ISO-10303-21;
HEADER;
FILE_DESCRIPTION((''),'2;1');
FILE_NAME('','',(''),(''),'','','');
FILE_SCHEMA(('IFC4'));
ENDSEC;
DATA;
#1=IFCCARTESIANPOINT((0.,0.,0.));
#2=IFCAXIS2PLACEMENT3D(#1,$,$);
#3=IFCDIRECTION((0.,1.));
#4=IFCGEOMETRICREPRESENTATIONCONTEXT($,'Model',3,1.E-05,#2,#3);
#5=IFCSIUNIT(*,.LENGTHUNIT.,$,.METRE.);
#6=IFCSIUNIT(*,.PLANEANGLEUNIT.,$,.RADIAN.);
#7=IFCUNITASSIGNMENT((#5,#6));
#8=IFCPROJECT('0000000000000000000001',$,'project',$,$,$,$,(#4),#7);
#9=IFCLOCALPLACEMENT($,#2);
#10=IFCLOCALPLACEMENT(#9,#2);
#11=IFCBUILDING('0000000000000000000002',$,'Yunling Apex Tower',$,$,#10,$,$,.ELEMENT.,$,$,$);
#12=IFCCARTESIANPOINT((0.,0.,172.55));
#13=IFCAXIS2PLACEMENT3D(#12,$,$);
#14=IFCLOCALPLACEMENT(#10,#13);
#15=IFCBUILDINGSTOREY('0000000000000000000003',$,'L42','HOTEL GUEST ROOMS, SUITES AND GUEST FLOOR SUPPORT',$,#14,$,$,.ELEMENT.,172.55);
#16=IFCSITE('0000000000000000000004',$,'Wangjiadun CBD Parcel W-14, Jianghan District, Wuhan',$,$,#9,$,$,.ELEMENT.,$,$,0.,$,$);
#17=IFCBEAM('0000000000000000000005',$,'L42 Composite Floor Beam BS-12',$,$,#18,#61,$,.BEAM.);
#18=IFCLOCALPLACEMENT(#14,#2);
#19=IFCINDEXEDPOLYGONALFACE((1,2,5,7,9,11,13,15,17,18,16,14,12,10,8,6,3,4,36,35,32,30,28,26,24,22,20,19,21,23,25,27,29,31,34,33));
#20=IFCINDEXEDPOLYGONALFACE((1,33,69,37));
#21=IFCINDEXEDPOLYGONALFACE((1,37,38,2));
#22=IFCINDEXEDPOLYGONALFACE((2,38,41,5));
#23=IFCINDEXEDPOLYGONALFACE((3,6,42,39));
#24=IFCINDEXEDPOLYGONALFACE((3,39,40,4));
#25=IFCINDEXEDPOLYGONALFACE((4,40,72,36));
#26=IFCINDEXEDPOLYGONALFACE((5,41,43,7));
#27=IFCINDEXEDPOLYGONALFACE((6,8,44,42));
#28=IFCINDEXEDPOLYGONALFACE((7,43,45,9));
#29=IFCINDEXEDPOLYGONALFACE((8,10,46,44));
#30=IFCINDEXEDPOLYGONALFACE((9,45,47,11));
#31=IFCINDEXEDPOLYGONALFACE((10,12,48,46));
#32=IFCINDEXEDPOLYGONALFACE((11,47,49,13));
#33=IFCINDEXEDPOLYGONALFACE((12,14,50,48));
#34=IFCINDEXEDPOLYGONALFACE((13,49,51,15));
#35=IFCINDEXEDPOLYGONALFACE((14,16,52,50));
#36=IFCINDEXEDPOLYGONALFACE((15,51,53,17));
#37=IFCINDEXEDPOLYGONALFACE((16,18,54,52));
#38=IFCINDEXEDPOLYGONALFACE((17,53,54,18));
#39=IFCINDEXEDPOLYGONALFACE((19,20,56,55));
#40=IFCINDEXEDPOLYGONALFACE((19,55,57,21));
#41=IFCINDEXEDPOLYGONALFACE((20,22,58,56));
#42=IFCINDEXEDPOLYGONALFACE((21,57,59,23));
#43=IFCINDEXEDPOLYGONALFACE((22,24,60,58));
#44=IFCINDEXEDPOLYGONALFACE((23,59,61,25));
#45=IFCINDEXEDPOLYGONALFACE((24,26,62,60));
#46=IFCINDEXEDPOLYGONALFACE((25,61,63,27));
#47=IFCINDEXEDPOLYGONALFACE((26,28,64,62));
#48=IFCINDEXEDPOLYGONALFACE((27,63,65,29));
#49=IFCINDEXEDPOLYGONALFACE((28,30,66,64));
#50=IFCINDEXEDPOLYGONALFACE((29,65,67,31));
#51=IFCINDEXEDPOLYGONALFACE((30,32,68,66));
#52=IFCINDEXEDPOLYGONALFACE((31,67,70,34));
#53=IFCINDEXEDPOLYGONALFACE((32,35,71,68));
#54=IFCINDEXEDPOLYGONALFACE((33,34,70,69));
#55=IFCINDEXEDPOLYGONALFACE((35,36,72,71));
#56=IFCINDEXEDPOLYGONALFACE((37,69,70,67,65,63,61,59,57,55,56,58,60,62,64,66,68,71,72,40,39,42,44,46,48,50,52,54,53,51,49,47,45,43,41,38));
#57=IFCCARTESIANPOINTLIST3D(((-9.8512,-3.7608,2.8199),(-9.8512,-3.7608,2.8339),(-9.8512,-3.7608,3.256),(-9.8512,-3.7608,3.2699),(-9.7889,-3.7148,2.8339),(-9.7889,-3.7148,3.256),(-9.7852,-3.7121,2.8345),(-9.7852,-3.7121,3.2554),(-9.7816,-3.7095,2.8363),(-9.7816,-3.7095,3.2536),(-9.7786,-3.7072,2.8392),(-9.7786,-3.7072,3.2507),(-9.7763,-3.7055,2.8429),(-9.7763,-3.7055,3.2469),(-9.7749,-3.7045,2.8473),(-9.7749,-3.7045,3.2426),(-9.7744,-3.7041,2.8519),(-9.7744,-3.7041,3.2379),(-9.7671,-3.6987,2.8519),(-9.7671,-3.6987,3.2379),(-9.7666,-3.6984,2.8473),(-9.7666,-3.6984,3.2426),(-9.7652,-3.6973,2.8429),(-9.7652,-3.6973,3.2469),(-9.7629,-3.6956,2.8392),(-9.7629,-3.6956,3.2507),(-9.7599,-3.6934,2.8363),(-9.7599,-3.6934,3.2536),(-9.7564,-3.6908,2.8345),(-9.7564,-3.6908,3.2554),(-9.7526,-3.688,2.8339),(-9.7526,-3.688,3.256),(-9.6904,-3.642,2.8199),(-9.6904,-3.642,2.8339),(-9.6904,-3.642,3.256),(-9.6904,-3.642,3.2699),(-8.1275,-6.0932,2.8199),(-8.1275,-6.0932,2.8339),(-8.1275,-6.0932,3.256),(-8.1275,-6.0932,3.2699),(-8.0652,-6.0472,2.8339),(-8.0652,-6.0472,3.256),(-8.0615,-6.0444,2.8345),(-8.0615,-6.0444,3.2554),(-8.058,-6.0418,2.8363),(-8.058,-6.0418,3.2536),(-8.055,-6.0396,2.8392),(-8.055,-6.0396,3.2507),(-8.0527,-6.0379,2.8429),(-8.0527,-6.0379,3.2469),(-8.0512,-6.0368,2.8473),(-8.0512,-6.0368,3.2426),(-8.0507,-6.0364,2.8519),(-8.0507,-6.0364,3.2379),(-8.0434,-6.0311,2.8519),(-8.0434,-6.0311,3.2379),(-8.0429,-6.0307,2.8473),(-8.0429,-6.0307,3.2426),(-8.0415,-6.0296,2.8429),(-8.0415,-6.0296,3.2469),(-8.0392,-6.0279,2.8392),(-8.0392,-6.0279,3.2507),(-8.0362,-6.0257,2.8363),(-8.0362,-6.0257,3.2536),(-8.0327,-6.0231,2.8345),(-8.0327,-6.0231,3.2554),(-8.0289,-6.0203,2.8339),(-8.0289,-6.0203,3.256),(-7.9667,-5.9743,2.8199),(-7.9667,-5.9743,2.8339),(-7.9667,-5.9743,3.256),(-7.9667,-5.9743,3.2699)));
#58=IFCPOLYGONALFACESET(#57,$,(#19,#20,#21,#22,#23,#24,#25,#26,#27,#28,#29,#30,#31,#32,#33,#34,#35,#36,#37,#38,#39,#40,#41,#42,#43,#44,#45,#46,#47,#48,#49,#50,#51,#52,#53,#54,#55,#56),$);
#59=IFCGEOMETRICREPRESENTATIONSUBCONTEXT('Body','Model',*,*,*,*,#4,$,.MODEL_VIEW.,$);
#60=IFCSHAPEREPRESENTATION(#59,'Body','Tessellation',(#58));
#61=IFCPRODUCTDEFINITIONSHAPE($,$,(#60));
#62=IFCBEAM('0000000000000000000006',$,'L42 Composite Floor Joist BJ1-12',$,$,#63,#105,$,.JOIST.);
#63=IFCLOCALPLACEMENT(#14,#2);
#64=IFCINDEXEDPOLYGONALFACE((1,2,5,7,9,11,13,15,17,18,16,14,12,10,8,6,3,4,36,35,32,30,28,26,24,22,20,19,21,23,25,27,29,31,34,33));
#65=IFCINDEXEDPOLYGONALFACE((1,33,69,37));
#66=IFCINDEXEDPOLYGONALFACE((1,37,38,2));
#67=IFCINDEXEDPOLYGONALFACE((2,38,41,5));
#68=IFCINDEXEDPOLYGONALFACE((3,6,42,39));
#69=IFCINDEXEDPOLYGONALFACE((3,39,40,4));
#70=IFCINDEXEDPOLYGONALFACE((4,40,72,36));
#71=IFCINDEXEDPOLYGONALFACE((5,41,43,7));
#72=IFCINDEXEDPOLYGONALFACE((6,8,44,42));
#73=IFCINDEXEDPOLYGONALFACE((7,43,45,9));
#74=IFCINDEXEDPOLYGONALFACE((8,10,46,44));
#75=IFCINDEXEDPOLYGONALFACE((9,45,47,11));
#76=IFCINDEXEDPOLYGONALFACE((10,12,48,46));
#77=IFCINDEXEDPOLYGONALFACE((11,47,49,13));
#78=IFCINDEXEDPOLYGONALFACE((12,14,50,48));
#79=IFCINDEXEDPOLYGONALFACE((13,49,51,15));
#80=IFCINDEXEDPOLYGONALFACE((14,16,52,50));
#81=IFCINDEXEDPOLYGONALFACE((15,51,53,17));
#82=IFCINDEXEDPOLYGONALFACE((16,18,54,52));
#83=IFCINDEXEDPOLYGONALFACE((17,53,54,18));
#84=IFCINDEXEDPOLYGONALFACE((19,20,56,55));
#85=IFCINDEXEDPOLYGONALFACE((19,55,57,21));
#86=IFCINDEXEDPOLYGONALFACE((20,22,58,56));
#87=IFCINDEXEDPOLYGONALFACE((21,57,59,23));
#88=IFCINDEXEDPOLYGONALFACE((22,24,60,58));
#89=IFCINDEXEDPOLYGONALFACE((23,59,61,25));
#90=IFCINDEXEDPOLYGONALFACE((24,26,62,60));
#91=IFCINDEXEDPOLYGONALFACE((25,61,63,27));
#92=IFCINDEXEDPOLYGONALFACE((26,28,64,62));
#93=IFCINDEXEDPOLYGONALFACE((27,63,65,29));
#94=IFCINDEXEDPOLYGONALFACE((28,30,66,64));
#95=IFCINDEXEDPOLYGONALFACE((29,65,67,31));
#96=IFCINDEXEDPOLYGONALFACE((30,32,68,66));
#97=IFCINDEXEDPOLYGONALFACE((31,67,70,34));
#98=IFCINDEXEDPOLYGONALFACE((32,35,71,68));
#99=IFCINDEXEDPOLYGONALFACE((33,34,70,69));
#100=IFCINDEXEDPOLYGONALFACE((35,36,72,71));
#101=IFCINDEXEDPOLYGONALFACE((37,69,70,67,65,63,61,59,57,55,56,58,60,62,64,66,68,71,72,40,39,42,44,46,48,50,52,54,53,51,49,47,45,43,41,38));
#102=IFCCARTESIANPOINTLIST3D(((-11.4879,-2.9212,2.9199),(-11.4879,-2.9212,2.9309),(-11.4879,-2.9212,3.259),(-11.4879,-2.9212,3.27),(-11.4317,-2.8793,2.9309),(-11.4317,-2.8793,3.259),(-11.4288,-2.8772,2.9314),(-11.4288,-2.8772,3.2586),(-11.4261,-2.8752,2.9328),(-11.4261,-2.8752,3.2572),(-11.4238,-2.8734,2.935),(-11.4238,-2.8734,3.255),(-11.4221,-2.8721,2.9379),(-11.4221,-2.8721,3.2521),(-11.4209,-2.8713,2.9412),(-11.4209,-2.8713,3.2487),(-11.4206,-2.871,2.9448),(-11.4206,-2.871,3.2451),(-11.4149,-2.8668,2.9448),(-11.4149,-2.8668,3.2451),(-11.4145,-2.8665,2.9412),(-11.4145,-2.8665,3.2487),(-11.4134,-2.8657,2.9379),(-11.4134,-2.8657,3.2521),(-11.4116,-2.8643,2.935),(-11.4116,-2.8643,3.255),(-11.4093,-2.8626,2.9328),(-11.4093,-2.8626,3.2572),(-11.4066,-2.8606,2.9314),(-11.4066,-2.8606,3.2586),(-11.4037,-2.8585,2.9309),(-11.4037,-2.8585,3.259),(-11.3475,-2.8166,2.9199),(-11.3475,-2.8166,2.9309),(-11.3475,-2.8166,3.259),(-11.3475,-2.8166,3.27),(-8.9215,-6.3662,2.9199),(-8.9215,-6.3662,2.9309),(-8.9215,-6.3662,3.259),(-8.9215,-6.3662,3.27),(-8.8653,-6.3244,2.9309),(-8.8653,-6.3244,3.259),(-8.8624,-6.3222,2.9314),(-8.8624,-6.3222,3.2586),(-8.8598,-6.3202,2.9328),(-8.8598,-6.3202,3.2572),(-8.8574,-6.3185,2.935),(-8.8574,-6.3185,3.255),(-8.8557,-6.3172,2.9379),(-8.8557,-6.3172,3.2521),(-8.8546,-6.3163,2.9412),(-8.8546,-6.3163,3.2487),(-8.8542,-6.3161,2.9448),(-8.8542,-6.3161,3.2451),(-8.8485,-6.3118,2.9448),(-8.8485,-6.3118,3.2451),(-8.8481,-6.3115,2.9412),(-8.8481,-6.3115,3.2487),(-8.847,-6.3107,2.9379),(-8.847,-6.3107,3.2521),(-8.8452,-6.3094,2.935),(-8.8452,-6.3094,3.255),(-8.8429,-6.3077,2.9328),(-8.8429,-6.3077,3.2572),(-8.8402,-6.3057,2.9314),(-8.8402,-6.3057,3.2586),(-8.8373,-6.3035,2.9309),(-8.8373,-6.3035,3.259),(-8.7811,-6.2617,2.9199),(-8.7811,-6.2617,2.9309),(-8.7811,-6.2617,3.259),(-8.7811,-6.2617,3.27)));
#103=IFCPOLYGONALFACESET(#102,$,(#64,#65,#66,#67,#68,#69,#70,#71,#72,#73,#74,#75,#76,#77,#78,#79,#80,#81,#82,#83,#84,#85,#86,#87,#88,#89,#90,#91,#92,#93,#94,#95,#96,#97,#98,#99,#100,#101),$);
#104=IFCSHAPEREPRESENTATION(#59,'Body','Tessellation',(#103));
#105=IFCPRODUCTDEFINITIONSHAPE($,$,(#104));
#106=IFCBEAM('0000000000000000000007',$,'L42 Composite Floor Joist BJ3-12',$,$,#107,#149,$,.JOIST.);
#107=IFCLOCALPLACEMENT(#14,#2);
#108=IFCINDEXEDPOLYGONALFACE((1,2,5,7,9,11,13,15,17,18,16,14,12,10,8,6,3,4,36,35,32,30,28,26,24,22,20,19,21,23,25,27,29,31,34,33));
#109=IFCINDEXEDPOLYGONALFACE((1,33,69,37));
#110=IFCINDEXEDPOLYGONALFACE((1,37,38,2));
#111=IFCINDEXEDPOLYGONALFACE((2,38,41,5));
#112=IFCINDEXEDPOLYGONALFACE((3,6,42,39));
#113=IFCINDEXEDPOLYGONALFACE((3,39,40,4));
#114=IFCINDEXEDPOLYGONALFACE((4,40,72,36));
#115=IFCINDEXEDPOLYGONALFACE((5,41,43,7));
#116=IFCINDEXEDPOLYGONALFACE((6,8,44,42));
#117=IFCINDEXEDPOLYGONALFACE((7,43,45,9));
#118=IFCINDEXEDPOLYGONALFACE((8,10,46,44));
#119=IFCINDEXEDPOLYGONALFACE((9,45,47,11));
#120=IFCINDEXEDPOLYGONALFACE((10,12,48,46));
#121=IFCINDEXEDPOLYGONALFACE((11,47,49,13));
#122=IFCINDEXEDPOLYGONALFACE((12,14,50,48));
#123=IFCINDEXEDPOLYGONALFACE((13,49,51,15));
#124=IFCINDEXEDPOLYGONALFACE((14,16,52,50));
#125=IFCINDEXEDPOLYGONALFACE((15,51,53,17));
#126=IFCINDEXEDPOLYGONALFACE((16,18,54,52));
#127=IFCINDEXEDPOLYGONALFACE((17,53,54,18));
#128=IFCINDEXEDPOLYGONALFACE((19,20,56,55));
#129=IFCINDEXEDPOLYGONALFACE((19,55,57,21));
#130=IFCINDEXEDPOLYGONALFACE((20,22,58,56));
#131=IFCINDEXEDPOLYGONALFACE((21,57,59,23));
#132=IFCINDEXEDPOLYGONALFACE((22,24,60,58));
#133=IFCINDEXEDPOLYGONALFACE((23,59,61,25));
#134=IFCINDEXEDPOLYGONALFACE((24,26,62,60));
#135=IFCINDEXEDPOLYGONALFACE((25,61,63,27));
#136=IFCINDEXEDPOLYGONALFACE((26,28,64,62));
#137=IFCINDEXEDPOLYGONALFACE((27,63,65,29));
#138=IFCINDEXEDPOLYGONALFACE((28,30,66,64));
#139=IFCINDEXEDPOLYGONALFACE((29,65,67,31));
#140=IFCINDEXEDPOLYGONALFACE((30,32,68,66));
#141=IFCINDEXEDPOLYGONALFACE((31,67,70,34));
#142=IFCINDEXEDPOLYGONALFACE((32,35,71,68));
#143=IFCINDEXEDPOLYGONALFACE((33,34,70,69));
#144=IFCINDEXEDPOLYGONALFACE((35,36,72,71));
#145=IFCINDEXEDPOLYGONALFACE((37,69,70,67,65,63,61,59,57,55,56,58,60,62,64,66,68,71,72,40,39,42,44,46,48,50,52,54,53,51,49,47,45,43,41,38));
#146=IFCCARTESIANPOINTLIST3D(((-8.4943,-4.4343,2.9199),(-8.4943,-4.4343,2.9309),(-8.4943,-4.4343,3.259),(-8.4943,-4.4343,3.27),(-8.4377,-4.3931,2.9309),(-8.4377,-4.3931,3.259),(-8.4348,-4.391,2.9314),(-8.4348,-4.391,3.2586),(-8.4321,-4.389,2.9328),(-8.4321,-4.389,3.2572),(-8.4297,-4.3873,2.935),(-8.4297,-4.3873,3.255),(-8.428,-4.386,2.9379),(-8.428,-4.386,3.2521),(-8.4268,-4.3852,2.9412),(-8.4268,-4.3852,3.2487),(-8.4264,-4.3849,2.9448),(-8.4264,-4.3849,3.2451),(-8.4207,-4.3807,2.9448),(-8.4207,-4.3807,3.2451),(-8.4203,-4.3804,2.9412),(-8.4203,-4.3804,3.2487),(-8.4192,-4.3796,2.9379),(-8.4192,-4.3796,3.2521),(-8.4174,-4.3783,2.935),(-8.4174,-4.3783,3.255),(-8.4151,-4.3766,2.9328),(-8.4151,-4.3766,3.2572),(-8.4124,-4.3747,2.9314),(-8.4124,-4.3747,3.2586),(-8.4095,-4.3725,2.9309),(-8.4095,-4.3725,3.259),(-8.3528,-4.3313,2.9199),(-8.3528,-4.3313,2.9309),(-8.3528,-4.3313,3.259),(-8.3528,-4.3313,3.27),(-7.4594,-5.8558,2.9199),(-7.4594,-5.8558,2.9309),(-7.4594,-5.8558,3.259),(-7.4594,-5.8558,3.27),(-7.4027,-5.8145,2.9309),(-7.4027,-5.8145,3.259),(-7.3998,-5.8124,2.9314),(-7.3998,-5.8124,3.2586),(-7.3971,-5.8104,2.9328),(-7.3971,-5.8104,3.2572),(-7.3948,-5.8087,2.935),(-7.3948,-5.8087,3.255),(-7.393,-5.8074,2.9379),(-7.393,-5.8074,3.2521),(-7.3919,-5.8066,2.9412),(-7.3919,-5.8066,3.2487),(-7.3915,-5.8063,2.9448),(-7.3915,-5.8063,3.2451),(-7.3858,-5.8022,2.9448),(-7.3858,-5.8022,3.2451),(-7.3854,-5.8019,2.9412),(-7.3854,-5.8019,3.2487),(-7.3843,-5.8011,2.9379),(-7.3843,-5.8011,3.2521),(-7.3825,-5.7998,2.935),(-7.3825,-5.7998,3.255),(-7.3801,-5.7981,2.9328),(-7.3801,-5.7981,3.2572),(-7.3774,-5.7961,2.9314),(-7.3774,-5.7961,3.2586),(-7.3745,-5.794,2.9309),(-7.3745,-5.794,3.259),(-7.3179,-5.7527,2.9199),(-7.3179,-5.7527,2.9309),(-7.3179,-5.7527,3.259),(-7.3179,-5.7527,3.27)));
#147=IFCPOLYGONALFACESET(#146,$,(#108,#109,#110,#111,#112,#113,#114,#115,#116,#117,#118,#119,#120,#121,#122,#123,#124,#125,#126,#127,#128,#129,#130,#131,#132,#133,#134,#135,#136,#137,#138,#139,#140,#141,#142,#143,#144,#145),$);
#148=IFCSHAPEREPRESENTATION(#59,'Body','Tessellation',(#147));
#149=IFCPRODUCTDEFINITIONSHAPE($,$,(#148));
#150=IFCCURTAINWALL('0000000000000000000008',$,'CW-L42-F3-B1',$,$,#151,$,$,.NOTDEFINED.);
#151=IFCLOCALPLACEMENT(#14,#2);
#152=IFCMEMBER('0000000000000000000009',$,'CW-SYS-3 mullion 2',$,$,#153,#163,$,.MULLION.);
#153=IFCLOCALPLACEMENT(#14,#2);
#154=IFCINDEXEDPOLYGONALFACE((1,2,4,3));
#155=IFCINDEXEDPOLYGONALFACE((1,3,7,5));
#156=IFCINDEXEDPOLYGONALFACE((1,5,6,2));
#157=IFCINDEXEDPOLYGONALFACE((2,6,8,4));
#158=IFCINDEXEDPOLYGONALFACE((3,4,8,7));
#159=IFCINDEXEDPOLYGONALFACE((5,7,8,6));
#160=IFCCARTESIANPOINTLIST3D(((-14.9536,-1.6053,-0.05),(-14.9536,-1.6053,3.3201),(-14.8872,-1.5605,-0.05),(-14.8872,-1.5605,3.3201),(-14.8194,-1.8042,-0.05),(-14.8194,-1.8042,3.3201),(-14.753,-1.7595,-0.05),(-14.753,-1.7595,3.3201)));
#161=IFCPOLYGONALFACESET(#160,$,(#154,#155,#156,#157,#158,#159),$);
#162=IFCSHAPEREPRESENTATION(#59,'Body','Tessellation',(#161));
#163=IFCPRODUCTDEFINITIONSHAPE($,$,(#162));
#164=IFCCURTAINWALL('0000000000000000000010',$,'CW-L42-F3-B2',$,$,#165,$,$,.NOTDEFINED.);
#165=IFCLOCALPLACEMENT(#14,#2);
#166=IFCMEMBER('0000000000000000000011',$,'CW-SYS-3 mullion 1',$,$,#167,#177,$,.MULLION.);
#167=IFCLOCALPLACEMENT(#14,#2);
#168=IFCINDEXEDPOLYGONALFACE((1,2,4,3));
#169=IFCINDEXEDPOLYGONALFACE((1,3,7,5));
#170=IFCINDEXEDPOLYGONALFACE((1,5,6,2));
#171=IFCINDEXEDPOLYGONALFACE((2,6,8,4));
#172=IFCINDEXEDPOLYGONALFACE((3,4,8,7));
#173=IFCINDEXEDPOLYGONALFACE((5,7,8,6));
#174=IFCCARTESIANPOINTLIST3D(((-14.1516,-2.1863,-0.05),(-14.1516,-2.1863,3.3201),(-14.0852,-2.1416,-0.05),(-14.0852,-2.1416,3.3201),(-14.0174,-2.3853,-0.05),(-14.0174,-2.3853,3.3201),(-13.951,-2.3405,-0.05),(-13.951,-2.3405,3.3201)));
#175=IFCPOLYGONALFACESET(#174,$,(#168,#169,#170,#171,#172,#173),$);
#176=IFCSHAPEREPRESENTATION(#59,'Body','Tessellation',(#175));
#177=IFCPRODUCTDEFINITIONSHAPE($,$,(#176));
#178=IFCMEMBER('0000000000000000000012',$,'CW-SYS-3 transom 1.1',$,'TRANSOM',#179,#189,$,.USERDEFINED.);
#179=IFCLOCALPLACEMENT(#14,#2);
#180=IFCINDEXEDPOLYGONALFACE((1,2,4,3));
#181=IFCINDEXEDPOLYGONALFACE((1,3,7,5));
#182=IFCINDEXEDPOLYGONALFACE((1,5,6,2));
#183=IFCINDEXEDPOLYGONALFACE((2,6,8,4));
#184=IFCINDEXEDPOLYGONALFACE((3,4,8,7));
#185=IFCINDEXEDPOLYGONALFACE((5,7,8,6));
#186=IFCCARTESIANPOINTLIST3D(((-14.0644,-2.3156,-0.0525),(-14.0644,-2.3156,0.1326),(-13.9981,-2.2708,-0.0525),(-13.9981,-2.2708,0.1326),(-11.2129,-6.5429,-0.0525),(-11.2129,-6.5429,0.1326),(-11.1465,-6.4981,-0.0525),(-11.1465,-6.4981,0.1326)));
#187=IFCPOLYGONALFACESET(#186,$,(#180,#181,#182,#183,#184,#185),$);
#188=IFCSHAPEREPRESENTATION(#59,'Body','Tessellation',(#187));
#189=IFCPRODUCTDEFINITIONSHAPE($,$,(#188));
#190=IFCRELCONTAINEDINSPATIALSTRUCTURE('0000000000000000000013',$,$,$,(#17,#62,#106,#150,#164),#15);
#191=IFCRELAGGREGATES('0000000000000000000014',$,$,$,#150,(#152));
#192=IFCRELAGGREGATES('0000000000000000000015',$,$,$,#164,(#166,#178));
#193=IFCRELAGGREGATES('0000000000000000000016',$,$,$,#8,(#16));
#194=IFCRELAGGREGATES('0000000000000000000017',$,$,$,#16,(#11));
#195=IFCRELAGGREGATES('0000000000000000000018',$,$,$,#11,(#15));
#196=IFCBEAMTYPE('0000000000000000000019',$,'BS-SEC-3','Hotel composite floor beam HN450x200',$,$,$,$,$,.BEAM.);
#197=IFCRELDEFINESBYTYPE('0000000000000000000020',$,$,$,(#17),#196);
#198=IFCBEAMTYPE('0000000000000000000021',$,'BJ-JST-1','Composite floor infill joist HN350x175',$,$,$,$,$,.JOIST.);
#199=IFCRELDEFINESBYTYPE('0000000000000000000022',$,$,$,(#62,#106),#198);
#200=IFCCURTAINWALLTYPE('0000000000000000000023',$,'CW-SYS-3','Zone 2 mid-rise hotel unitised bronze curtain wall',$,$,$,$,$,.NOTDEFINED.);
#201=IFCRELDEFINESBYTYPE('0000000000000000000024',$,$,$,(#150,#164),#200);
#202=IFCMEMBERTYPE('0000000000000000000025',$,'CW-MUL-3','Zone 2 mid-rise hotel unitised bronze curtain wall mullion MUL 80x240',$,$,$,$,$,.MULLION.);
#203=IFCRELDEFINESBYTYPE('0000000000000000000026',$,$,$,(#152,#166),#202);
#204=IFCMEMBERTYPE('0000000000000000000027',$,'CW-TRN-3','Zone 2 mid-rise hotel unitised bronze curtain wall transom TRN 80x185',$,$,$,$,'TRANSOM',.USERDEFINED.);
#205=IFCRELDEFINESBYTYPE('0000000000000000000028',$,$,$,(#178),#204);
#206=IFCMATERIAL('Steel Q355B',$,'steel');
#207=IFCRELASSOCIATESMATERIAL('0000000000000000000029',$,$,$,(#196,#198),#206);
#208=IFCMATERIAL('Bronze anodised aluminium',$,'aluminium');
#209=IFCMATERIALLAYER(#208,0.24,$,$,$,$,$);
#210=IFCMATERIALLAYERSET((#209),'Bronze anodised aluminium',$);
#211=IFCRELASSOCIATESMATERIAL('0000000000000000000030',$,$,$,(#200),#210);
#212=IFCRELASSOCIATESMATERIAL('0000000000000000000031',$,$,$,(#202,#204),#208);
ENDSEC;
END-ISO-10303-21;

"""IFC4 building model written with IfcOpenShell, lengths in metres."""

from ifc_helpers import new_model, si_unit, direction, frame, origin, origin_2d, place, context, subcontext, project, spatial, rectangle, i_section, extrude, source, transform, mapped, material, layer, layer_set, material_profile, profile_set, type_object, element, aggregate, save


model = new_model("IFC4")

# Units and contexts
model_context = context("Model", 3, precision=1e-05, world=origin(), true_north=direction((0.0, 1.0)))
body_context = subcontext(model_context, "Body", "Model", "MODEL_VIEW")
ifc_project = project(units=[si_unit("LENGTHUNIT", "METRE"), si_unit("PLANEANGLEUNIT", "RADIAN")], contexts=[model_context])

# Site, building, storey
site_placement = place(None, origin())
site = spatial("IfcSite", under=ifc_project, at=site_placement, Name="Wangjiadun CBD Parcel W-14, Jianghan District, Wuhan", CompositionType="ELEMENT", RefElevation=0.0)
building_placement = place(site_placement, origin())
building = spatial("IfcBuilding", under=site, at=building_placement, Name="Yunling Apex Tower", CompositionType="ELEMENT")
storey_placement = place(building_placement, frame((0.0, 0.0, 172.55)))
storey = spatial("IfcBuildingStorey", under=building, at=storey_placement, Name="L42", Description="HOTEL GUEST ROOMS, SUITES AND GUEST FLOOR SUPPORT", CompositionType="ELEMENT", Elevation=172.55)

# Beams
ifc_material_1 = material(Name="Steel Q355B", Category="steel")
ifc_material_profile_1 = material_profile(ifc_material_1, i_section(OverallWidth=0.2, OverallDepth=0.45, WebThickness=0.009, FlangeThickness=0.0139, FilletRadius=0.0181, at=origin_2d()))
ifc_profile_set_1 = profile_set([ifc_material_profile_1], Name="Steel Q355B")
beam_type_1 = type_object("IfcBeamType", Name="BS-SEC-3", Description="Hotel composite floor beam HN450x200", PredefinedType="BEAM", material=ifc_profile_set_1)
shared_shape_1 = source(origin(), body_context, "Body", "SweptSolid", [
    extrude(i_section(OverallWidth=0.2, OverallDepth=0.45, WebThickness=0.009, FlangeThickness=0.0139, FilletRadius=0.0181, at=origin_2d()), origin(), (0.0, 0.0, 1.0), 2.9001),
])
beam_1_placement = place(storey_placement, frame((-9.7708, -3.7014, 3.0449), z_axis=(0.594341, -0.804213, 0.0), x_axis=(0.804213, 0.594341, 0.0)))
element("IfcBeam", 1, at=beam_1_placement, inside=storey, type_object=beam_type_1, Name="L42 Composite Floor Beam BS-12", PredefinedType="BEAM", context=body_context, shape_type="MappedRepresentation", body=[
    mapped(shared_shape_1, transform((0.0, 0.0, 0.0), scale=1.0)),
])
ifc_material_profile_2 = material_profile(ifc_material_1, i_section(OverallWidth=0.175, OverallDepth=0.3501, WebThickness=0.0071, FlangeThickness=0.011, FilletRadius=0.0139, at=origin_2d()))
ifc_profile_set_2 = profile_set([ifc_material_profile_2], Name="Steel Q355B")
beam_type_2 = type_object("IfcBeamType", Name="BJ-JST-1", Description="Composite floor infill joist HN350x175", PredefinedType="JOIST", material=ifc_profile_set_2)
shared_shape_2 = source(origin(), body_context, "Body", "SweptSolid", [
    extrude(i_section(OverallWidth=0.175, OverallDepth=0.3501, WebThickness=0.0071, FlangeThickness=0.011, FilletRadius=0.0139, at=origin_2d()), origin(), (0.0, 0.0, 1.0), 4.2959),
])
beam_2_placement = place(storey_placement, frame((-11.4177, -2.8689, 3.095), z_axis=(0.597405, -0.801939, 0.0), x_axis=(0.801939, 0.597405, 0.0)))
element("IfcBeam", 2, at=beam_2_placement, inside=storey, type_object=beam_type_2, Name="L42 Composite Floor Joist BJ1-12", PredefinedType="JOIST", context=body_context, shape_type="MappedRepresentation", body=[
    mapped(shared_shape_2, transform((0.0, 0.0, 0.0), scale=1.0)),
])
shared_shape_3 = source(origin(), body_context, "Body", "SweptSolid", [
    extrude(i_section(OverallWidth=0.175, OverallDepth=0.3501, WebThickness=0.0071, FlangeThickness=0.011, FilletRadius=0.0139, at=origin_2d()), origin(), (0.0, 0.0, 1.0), 1.7583),
])
beam_3_placement = place(storey_placement, frame((-8.4236, -4.3828, 3.095), z_axis=(0.588609, -0.808418, 0.0), x_axis=(0.808418, 0.588609, 0.0)))
element("IfcBeam", 3, at=beam_3_placement, inside=storey, type_object=beam_type_2, Name="L42 Composite Floor Joist BJ3-12", PredefinedType="JOIST", context=body_context, shape_type="MappedRepresentation", body=[
    mapped(shared_shape_3, transform((0.0, 0.0, 0.0), scale=1.0)),
])

# Curtain wall, member
ifc_material_2 = material(Name="Bronze anodised aluminium", Category="aluminium")
ifc_layer_1 = layer(ifc_material_2, 0.24)
ifc_layer_set_1 = layer_set([ifc_layer_1], Name="Bronze anodised aluminium")
curtain_wall_type = type_object("IfcCurtainWallType", Name="CW-SYS-3", Description="Zone 2 mid-rise hotel unitised bronze curtain wall", PredefinedType="NOTDEFINED", material=ifc_layer_set_1)
curtain_wall_1_placement = place(storey_placement, origin())
curtain_wall_1 = element("IfcCurtainWall", 4, at=curtain_wall_1_placement, inside=storey, type_object=curtain_wall_type, Name="CW-L42-F3-B1", PredefinedType="NOTDEFINED")
ifc_material_profile_3 = material_profile(ifc_material_2, rectangle(XDim=0.0801, YDim=0.24, at=origin_2d()))
ifc_profile_set_3 = profile_set([ifc_material_profile_3], Name="Bronze anodised aluminium")
member_type_1 = type_object("IfcMemberType", Name="CW-MUL-3", Description="Zone 2 mid-rise hotel unitised bronze curtain wall mullion MUL 80x240", PredefinedType="MULLION", material=ifc_profile_set_3)
shared_shape_4 = source(origin(), body_context, "Body", "SweptSolid", [
    extrude(rectangle(XDim=0.0801, YDim=0.24, at=origin_2d()), origin(), (0.0, 0.0, 1.0), 3.3701),
])
member_1_placement = place(storey_placement, frame((-14.8533, -1.6824, -0.05), z_axis=(0.0, 0.0, 1.0), x_axis=(0.829045, 0.559181, 0.0)))
member_1 = element("IfcMember", 5, at=member_1_placement, type_object=member_type_1, Name="CW-SYS-3 mullion 2", PredefinedType="MULLION", context=body_context, shape_type="MappedRepresentation", body=[
    mapped(shared_shape_4, transform((0.0, 0.0, 0.0), scale=1.0)),
])

# Curtain wall, members
curtain_wall_2_placement = place(storey_placement, origin())
curtain_wall_2 = element("IfcCurtainWall", 6, at=curtain_wall_2_placement, inside=storey, type_object=curtain_wall_type, Name="CW-L42-F3-B2", PredefinedType="NOTDEFINED")
member_2_placement = place(storey_placement, frame((-14.0513, -2.2634, -0.05), z_axis=(0.0, 0.0, 1.0), x_axis=(0.829026, 0.55921, 0.0)))
member_2 = element("IfcMember", 7, at=member_2_placement, type_object=member_type_1, Name="CW-SYS-3 mullion 1", PredefinedType="MULLION", context=body_context, shape_type="MappedRepresentation", body=[
    mapped(shared_shape_4, transform((0.0, 0.0, 0.0), scale=1.0)),
])
ifc_material_profile_4 = material_profile(ifc_material_2, rectangle(XDim=0.0801, YDim=0.1851, at=origin_2d()))
ifc_profile_set_4 = profile_set([ifc_material_profile_4], Name="Bronze anodised aluminium")
member_type_2 = type_object("IfcMemberType", Name="CW-TRN-3", Description="Zone 2 mid-rise hotel unitised bronze curtain wall transom TRN 80x185", ElementType="TRANSOM", PredefinedType="USERDEFINED", material=ifc_profile_set_4)
shared_shape_5 = source(origin(), body_context, "Body", "SweptSolid", [
    extrude(rectangle(XDim=0.0801, YDim=0.1851, at=origin_2d()), origin(), (0.0, 0.0, 1.0), 5.0991),
])
member_3_placement = place(storey_placement, frame((-14.0312, -2.2932, 0.04), z_axis=(0.559222, -0.829018, 0.0), x_axis=(0.829018, 0.559222, 0.0)))
member_3 = element("IfcMember", 8, at=member_3_placement, type_object=member_type_2, Name="CW-SYS-3 transom 1.1", ObjectType="TRANSOM", PredefinedType="USERDEFINED", context=body_context, shape_type="MappedRepresentation", body=[
    mapped(shared_shape_5, transform((0.0, 0.0, 0.0), scale=1.0)),
])

aggregate(curtain_wall_1, [member_1])
aggregate(curtain_wall_2, [member_2, member_3])

save(model, "model.ifc")
